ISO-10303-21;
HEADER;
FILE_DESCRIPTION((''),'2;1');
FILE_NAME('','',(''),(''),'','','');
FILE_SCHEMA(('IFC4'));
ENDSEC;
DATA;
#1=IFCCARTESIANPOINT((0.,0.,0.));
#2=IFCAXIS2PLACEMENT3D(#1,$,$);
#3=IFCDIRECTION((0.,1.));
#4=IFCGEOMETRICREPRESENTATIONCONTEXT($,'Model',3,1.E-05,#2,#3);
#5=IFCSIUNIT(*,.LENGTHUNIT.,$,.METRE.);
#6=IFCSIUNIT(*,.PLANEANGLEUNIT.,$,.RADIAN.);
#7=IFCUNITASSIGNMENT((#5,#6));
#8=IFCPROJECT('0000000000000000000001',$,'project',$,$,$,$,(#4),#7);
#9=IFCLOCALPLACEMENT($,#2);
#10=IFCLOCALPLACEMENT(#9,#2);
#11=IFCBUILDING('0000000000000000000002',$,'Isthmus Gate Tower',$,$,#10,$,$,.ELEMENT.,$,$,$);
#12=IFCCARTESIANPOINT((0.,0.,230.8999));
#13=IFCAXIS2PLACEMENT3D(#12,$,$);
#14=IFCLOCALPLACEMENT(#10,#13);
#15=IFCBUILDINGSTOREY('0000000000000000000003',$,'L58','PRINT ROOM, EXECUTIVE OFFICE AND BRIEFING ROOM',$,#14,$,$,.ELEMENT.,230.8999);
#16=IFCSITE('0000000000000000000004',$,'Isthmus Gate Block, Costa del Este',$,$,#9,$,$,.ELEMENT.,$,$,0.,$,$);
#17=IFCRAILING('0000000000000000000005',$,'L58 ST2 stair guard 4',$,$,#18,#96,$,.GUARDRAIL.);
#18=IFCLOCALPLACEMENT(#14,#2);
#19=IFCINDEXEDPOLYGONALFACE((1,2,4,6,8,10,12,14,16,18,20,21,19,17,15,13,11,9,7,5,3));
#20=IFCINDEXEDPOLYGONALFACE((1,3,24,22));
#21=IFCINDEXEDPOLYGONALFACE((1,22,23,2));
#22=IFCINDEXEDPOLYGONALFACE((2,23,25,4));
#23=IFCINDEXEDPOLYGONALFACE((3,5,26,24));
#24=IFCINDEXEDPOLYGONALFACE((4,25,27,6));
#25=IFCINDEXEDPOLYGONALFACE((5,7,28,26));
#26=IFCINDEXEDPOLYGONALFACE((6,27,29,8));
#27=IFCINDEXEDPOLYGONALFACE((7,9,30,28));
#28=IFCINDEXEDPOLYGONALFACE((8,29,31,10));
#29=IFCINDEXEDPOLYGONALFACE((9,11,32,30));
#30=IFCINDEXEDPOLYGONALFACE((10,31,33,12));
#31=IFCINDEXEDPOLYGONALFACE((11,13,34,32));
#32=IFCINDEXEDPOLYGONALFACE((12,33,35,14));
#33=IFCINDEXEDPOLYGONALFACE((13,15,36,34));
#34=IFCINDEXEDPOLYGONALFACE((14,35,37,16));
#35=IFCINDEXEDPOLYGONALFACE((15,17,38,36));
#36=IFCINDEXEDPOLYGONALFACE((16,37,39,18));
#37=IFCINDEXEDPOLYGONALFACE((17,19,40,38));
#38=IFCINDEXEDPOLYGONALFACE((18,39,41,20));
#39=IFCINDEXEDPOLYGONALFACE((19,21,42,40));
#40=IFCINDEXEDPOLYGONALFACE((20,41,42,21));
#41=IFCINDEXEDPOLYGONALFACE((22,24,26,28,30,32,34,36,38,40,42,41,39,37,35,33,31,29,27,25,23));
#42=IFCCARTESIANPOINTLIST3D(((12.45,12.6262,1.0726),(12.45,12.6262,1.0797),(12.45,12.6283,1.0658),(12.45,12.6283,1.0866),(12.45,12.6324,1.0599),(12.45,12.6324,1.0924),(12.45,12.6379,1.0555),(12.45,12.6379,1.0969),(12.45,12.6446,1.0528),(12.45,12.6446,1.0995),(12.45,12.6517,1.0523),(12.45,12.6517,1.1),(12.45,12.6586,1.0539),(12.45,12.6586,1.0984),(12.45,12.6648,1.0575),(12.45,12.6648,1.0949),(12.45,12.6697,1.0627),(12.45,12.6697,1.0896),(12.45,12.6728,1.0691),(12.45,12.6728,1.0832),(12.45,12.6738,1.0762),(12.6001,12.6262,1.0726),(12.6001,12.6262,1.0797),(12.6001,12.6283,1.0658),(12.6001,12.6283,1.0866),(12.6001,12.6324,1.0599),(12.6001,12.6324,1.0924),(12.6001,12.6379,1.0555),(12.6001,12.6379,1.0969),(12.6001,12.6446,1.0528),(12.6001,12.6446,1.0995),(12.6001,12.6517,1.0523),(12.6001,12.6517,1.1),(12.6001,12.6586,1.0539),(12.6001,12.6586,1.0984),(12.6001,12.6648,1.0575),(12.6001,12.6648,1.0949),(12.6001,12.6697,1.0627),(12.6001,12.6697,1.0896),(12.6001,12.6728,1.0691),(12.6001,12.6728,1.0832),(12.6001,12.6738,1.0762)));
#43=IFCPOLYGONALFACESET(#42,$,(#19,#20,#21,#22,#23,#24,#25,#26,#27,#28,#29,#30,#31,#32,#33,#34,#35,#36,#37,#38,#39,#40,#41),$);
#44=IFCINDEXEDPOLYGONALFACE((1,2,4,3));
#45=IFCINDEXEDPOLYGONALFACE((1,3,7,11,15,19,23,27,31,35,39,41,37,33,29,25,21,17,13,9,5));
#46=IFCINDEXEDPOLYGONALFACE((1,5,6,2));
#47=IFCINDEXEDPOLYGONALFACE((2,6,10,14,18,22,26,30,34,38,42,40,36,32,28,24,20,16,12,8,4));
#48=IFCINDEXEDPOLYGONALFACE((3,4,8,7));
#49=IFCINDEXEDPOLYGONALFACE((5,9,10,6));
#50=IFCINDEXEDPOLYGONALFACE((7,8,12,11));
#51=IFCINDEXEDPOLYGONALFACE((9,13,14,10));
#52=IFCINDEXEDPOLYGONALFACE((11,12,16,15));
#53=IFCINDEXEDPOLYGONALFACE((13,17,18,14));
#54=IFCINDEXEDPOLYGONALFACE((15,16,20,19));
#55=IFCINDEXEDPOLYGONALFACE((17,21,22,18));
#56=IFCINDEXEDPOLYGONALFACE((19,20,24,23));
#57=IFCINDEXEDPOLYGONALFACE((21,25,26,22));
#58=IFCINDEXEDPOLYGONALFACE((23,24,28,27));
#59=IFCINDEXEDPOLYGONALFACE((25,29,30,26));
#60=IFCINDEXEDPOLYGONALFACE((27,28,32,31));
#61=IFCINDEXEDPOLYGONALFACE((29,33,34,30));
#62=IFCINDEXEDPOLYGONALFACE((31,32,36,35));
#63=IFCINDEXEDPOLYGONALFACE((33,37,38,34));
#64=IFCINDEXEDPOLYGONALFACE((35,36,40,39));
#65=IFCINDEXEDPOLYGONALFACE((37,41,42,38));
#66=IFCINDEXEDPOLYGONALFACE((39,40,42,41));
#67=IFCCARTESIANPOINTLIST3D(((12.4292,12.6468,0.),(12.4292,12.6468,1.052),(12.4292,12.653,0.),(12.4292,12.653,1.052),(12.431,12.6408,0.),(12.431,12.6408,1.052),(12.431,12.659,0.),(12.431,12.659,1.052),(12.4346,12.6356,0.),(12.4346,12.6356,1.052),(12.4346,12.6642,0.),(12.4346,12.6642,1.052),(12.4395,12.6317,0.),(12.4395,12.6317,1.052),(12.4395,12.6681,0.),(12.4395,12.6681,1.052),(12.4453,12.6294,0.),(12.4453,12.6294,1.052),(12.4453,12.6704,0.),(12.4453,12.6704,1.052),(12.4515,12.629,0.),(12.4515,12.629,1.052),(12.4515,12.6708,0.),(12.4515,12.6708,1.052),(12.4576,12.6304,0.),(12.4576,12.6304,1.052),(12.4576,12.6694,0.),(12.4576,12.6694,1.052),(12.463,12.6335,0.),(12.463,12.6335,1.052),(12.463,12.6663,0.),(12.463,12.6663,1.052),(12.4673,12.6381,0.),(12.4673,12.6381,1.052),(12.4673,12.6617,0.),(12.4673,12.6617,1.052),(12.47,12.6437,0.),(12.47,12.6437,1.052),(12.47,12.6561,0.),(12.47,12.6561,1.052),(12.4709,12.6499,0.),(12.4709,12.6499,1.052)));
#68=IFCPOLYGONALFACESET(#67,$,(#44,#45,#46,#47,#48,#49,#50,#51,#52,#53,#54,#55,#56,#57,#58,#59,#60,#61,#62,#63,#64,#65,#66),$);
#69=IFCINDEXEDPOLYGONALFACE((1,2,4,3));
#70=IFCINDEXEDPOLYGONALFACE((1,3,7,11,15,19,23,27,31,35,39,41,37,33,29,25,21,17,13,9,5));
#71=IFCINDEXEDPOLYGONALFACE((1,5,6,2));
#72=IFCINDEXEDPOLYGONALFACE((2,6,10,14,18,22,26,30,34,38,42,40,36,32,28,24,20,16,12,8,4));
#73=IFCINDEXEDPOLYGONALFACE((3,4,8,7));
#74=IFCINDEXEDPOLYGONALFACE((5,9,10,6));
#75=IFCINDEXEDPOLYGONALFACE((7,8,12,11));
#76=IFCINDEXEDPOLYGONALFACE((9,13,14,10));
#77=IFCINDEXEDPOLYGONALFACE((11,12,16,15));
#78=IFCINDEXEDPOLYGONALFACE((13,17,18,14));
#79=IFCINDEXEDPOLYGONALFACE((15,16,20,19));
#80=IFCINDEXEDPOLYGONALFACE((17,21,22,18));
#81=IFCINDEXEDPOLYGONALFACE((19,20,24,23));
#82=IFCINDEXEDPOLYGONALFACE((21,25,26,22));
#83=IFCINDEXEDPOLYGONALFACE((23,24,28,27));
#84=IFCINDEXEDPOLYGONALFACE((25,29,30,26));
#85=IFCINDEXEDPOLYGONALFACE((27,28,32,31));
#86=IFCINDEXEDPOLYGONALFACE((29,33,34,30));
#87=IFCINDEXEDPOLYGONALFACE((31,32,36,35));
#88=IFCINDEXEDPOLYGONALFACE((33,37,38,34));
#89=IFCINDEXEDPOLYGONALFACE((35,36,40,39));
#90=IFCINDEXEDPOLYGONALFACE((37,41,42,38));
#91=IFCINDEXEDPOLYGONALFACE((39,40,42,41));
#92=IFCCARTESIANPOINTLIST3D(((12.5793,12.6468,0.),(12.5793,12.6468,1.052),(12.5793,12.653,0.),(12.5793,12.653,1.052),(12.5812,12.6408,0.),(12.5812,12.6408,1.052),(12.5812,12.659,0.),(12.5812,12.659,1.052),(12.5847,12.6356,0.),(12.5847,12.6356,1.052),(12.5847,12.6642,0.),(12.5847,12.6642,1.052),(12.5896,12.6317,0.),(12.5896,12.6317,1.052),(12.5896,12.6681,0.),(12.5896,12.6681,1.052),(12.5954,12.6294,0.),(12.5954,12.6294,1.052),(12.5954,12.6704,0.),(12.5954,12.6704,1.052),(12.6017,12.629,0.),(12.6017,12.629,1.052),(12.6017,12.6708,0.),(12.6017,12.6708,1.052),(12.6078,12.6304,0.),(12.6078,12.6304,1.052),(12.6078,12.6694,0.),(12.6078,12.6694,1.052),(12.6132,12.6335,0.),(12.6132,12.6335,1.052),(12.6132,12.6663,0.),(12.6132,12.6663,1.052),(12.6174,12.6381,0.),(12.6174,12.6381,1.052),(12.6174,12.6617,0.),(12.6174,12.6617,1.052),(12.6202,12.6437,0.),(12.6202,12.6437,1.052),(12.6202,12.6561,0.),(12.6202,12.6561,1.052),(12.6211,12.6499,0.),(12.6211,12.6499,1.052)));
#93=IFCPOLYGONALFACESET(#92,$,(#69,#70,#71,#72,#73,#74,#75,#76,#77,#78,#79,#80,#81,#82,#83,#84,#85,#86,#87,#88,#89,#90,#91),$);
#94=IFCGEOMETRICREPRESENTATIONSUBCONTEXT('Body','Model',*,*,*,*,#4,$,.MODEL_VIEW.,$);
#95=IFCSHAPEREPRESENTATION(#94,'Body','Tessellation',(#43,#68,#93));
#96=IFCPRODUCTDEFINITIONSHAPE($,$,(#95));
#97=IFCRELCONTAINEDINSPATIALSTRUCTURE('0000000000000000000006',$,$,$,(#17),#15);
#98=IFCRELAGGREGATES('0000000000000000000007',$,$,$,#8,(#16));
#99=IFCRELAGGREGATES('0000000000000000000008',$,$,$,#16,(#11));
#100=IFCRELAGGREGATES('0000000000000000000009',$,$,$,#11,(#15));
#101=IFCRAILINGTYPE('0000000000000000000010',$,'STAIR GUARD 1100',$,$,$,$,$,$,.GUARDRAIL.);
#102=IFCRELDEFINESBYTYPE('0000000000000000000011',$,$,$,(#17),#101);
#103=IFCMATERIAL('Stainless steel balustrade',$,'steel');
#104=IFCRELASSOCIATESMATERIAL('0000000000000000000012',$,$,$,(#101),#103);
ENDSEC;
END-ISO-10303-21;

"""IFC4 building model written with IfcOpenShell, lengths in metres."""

from ifc_helpers import new_model, si_unit, direction, frame, origin, origin_2d, place, context, subcontext, project, spatial, circle, extrude, material, type_object, element, save


model = new_model("IFC4")

# Units and contexts
model_context = context("Model", 3, precision=1e-05, world=origin(), true_north=direction((0.0, 1.0)))
body_context = subcontext(model_context, "Body", "Model", "MODEL_VIEW")
ifc_project = project(units=[si_unit("LENGTHUNIT", "METRE"), si_unit("PLANEANGLEUNIT", "RADIAN")], contexts=[model_context])

# Site, building, storey
site_placement = place(None, origin())
site = spatial("IfcSite", under=ifc_project, at=site_placement, Name="Isthmus Gate Block, Costa del Este", CompositionType="ELEMENT", RefElevation=0.0)
building_placement = place(site_placement, origin())
building = spatial("IfcBuilding", under=site, at=building_placement, Name="Isthmus Gate Tower", CompositionType="ELEMENT")
storey_placement = place(building_placement, frame((0.0, 0.0, 230.8999)))
storey = spatial("IfcBuildingStorey", under=building, at=storey_placement, Name="L58", Description="PRINT ROOM, EXECUTIVE OFFICE AND BRIEFING ROOM", CompositionType="ELEMENT", Elevation=230.8999)

# Railing
ifc_material_1 = material(Name="Stainless steel balustrade", Category="steel")
railing_type = type_object("IfcRailingType", Name="STAIR GUARD 1100", PredefinedType="GUARDRAIL", material=ifc_material_1)
railing_1_placement = place(storey_placement, frame((12.45, 12.6499, 0.0)))
element("IfcRailing", 1, at=railing_1_placement, inside=storey, type_object=railing_type, Name="L58 ST2 stair guard 4", PredefinedType="GUARDRAIL", context=body_context, shape_type="SweptSolid", body=[
    extrude(circle(Radius=0.0239, at=origin_2d()), frame((0.0, 0.0, 1.0762), z_axis=(1.0, 0.0, 0.0), x_axis=(0.0, 1.0, 0.0)), (0.0, 0.0, 1.0), 0.1501),
    extrude(circle(Radius=0.021, at=origin_2d()), origin(), (0.0, 0.0, 1.0), 1.052),
    extrude(circle(Radius=0.021, at=origin_2d()), frame((0.1501, 0.0, 0.0)), (0.0, 0.0, 1.0), 1.052),
])

save(model, "model.ifc")
